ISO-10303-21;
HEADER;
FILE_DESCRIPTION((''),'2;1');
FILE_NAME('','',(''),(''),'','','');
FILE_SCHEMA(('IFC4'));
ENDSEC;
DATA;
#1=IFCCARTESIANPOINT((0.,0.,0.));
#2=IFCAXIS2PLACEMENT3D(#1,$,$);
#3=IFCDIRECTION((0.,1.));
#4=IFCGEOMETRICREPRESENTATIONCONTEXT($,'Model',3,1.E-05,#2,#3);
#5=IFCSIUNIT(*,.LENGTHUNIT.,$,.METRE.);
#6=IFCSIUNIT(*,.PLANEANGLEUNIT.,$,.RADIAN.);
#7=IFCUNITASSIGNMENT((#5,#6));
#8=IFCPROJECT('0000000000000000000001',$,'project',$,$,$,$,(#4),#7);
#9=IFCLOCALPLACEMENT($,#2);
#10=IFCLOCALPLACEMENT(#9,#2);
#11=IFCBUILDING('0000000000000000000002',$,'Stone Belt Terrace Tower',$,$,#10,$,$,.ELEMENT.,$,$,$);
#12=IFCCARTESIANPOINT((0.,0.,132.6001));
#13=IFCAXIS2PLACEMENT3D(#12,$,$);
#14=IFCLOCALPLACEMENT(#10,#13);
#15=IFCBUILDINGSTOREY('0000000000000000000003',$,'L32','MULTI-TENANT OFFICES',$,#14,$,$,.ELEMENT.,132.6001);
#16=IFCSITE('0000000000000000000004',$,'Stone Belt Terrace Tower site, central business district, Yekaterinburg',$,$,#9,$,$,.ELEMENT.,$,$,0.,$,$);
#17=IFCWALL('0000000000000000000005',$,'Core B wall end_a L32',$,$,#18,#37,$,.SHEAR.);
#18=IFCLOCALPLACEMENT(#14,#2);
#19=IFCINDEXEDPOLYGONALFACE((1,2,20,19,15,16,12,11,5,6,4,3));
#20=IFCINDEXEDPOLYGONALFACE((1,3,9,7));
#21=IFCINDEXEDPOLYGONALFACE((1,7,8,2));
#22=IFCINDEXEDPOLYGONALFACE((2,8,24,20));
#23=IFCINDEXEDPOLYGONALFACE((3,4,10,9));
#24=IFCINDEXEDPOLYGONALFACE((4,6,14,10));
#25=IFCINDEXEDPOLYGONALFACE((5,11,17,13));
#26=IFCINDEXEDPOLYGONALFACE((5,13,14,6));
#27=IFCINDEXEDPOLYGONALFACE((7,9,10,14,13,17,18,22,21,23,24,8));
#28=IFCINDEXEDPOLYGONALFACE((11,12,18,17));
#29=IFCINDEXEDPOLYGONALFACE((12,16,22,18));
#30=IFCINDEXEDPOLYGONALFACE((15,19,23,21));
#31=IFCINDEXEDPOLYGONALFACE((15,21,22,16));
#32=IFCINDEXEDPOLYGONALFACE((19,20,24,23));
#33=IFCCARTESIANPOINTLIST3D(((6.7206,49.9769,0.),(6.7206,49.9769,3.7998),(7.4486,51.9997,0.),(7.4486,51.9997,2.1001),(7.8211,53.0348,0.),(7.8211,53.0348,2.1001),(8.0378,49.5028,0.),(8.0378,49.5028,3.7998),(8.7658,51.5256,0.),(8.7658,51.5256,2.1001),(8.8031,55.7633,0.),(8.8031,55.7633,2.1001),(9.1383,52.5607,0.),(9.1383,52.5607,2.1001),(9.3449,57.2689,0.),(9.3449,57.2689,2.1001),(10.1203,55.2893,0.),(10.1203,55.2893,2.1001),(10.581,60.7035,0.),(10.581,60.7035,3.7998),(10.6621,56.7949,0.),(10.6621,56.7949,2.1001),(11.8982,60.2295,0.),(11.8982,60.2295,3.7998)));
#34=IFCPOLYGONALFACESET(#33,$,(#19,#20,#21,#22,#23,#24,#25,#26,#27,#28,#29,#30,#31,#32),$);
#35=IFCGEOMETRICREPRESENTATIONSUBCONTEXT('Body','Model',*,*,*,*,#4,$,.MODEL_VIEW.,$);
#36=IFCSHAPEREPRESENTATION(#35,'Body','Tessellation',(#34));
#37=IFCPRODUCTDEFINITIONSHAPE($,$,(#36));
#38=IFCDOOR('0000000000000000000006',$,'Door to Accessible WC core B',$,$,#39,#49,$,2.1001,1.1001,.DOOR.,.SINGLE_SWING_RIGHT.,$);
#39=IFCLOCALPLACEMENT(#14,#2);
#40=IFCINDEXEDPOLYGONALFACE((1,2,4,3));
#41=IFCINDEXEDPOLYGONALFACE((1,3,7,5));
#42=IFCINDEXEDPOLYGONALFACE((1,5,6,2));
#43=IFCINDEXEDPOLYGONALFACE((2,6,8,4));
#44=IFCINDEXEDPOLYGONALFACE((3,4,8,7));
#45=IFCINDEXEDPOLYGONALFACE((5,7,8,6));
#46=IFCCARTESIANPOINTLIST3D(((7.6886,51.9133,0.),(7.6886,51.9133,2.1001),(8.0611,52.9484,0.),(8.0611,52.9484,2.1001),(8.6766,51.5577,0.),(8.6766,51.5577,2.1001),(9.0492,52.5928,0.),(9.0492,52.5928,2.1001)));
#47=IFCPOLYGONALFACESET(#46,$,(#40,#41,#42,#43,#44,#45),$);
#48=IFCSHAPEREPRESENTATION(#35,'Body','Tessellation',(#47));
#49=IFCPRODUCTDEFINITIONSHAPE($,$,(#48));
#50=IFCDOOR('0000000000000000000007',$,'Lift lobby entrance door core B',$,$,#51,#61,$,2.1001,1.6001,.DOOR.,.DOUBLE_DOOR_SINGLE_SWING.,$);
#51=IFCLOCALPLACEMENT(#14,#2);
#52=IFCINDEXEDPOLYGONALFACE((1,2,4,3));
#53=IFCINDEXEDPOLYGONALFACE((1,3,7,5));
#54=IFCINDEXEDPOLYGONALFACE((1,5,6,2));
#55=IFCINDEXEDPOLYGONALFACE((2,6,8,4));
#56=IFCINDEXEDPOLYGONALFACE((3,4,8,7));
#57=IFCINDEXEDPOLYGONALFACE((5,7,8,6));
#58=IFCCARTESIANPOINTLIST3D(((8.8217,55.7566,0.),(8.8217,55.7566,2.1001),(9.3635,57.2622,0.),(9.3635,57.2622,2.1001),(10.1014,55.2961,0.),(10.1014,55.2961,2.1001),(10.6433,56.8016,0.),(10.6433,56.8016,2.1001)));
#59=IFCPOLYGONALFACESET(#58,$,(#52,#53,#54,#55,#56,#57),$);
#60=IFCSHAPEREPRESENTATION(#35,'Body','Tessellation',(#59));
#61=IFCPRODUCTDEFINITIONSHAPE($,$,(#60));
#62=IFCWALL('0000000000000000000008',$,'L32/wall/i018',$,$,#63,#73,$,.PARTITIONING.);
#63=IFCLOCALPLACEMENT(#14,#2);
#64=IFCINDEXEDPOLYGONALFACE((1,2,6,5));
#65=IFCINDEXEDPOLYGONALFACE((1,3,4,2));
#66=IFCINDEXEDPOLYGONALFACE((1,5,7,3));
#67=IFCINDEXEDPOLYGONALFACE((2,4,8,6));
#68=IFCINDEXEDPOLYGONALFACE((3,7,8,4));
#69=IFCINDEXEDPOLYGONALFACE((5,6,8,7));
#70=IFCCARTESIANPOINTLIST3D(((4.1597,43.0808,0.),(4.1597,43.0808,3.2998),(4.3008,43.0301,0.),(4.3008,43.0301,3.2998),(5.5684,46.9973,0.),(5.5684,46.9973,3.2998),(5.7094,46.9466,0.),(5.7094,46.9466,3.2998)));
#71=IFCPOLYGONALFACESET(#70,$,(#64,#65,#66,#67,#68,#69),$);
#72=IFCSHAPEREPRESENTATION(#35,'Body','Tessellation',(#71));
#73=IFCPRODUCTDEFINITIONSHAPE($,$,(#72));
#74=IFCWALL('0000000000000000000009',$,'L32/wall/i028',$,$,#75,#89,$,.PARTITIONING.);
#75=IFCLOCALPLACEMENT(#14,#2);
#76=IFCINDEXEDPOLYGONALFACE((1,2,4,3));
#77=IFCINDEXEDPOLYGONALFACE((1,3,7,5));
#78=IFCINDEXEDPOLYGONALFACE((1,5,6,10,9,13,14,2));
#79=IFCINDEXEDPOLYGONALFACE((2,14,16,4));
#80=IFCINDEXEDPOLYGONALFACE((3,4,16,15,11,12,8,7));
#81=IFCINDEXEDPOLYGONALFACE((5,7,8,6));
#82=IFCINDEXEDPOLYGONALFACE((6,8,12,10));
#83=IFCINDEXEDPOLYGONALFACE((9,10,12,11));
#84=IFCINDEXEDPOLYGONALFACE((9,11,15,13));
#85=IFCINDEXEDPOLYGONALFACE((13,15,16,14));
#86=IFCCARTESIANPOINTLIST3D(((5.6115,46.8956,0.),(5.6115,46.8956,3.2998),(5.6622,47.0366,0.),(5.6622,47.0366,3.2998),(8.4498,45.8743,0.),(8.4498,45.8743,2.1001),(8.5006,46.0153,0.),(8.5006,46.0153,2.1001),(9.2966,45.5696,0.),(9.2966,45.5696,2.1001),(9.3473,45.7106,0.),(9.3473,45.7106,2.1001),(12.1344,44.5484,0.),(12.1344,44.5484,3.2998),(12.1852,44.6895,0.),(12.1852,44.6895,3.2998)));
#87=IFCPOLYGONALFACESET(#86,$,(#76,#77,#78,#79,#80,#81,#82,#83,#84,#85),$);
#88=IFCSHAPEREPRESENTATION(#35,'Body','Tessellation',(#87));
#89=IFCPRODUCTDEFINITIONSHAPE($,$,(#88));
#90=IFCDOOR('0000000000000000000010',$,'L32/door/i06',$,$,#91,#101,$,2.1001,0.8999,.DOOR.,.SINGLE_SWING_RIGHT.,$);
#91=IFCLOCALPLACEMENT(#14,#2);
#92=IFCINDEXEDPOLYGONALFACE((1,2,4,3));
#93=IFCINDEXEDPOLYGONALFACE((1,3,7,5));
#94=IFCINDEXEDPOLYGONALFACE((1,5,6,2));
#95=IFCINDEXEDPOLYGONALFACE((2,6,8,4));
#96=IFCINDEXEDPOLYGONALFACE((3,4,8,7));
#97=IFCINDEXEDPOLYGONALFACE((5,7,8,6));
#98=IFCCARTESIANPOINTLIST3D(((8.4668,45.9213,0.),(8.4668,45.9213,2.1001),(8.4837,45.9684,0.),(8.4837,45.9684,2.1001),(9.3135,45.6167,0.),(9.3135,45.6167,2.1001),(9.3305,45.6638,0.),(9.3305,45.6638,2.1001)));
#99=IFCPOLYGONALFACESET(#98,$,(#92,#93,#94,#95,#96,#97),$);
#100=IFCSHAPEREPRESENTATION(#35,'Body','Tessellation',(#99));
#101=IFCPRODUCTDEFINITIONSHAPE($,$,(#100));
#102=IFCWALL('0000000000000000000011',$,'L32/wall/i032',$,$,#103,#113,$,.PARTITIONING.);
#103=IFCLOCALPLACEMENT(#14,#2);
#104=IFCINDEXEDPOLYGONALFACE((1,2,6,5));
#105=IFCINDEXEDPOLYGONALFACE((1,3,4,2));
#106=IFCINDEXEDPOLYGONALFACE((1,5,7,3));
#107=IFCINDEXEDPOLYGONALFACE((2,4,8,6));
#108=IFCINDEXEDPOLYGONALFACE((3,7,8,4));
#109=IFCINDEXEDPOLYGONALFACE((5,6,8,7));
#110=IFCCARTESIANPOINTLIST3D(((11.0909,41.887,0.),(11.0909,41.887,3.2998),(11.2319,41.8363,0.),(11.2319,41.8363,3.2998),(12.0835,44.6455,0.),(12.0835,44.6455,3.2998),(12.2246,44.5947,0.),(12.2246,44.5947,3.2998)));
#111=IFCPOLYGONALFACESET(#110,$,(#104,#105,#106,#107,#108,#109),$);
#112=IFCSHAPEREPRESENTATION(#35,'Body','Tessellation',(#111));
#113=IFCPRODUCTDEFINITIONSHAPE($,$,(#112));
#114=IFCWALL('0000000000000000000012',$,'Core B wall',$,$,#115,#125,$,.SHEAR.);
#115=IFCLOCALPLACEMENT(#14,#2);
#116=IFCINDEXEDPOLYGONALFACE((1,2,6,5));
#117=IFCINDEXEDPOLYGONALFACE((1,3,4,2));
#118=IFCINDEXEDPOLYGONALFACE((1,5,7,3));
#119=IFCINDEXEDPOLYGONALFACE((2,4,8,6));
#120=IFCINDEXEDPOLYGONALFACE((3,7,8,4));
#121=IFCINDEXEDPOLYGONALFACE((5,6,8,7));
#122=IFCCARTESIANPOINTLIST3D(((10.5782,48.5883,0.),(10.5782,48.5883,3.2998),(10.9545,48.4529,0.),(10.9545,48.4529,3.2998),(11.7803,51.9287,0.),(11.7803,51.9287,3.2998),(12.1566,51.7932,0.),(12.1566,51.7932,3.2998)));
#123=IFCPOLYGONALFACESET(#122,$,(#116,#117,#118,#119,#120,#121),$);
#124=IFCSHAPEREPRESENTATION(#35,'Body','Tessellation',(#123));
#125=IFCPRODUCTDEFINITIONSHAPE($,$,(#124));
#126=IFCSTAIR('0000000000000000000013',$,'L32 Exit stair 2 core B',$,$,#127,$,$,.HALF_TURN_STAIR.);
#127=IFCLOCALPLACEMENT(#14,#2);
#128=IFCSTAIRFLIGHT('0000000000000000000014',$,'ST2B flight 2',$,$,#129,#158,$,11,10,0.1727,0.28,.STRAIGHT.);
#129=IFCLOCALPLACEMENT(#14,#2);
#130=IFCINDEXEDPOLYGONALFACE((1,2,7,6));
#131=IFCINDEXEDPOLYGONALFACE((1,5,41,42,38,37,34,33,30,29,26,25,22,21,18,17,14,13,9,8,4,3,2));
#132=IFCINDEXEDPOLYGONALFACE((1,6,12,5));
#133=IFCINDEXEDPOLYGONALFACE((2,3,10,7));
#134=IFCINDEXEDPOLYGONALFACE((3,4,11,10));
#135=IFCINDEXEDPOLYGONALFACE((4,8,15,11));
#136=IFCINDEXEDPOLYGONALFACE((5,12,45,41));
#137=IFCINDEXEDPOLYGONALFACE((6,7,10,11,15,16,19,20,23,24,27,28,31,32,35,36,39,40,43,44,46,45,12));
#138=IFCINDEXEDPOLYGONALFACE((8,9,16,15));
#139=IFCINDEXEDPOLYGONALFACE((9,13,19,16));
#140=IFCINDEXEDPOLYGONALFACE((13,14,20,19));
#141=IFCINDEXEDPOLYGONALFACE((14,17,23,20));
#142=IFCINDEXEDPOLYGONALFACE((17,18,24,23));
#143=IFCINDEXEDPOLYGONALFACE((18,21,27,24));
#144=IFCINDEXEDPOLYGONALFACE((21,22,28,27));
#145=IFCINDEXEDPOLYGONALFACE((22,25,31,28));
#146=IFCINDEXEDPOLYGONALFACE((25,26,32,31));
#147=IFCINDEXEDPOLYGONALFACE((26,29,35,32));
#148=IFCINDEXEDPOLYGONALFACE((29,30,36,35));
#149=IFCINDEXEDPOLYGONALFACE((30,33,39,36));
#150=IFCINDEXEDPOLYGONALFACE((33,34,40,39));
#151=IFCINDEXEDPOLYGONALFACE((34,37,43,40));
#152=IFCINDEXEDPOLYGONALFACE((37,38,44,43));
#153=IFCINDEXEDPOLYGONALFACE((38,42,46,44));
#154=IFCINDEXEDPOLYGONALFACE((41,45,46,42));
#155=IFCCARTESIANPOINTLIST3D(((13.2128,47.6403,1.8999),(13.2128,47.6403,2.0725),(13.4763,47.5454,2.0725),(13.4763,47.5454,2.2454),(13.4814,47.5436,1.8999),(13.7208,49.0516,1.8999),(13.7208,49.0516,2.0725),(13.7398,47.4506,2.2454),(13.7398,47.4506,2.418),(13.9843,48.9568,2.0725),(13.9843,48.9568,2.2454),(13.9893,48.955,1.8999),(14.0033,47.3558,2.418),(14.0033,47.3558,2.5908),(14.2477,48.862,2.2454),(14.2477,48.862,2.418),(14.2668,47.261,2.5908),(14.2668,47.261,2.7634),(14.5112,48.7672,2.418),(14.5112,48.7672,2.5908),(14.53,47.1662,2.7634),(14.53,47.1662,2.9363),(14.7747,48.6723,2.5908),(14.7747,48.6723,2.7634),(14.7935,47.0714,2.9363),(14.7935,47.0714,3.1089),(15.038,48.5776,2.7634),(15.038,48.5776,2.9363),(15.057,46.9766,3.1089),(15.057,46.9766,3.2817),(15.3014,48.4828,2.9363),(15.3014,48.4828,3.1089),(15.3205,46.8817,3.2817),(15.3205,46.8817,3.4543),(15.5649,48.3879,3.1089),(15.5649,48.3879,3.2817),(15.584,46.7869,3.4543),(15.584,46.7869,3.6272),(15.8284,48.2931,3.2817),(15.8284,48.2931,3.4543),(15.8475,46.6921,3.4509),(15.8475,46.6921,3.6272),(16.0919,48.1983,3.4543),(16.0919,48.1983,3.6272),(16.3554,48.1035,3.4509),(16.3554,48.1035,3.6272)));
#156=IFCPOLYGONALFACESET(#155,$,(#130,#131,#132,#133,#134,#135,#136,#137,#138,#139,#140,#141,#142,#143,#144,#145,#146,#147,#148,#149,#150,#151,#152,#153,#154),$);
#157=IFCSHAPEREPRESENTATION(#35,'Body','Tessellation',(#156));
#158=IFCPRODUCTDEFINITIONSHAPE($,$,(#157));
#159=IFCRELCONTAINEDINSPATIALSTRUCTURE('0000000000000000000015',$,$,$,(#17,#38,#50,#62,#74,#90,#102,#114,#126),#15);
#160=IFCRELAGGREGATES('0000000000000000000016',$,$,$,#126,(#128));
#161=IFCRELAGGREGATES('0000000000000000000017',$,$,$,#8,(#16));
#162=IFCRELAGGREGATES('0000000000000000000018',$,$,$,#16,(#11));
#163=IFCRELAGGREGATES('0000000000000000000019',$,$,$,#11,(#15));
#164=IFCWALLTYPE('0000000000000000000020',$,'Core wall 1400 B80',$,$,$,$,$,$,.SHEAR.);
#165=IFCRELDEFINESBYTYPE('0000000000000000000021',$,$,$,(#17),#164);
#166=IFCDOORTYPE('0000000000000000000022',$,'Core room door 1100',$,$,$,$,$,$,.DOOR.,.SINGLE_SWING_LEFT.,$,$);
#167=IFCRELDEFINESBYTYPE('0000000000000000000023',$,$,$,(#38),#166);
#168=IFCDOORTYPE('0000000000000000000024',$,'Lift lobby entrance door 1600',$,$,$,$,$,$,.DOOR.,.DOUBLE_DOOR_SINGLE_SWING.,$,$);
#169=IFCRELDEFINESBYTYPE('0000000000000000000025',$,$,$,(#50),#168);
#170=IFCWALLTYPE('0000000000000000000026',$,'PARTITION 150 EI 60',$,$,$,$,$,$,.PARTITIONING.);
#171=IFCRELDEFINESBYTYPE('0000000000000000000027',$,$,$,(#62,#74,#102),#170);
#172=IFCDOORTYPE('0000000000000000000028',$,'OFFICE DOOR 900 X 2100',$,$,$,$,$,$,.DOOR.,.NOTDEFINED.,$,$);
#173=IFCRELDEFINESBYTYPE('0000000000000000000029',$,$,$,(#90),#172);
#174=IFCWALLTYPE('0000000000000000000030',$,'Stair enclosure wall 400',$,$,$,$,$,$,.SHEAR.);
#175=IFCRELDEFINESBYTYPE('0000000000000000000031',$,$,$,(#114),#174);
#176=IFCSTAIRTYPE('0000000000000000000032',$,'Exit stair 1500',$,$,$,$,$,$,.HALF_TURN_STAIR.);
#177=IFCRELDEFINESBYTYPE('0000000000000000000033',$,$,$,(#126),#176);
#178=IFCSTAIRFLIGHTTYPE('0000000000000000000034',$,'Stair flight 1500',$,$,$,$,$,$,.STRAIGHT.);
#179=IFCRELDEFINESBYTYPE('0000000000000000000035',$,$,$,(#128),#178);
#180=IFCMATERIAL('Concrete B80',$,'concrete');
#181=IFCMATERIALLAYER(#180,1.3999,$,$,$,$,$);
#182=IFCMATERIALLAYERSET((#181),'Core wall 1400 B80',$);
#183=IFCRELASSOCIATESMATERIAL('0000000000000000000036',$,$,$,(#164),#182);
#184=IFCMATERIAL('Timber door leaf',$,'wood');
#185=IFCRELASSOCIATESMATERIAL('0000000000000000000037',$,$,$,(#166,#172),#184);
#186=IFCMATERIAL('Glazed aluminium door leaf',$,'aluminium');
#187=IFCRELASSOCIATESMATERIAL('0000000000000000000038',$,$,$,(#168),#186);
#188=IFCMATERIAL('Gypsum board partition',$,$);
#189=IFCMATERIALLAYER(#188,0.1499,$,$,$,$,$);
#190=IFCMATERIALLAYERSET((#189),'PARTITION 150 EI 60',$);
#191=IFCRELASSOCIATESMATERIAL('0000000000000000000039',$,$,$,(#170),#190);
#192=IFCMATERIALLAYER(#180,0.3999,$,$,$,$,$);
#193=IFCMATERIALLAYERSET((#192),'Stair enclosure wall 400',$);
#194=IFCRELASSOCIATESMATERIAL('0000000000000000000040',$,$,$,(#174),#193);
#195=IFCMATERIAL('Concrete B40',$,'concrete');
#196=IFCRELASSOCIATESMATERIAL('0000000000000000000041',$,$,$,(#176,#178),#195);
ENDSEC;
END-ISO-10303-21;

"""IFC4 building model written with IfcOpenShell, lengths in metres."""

from ifc_helpers import new_model, si_unit, direction, frame, frame_2d, origin, place, context, subcontext, project, spatial, polyline, rectangle, outline, extrude, material, layer, layer_set, type_object, element, fill, aggregate, save


model = new_model("IFC4")

# Units and contexts
model_context = context("Model", 3, precision=1e-05, world=origin(), true_north=direction((0.0, 1.0)))
body_context = subcontext(model_context, "Body", "Model", "MODEL_VIEW")
ifc_project = project(units=[si_unit("LENGTHUNIT", "METRE"), si_unit("PLANEANGLEUNIT", "RADIAN")], contexts=[model_context])

# Site, building, storey
site_placement = place(None, origin())
site = spatial("IfcSite", under=ifc_project, at=site_placement, Name="Stone Belt Terrace Tower site, central business district, Yekaterinburg", CompositionType="ELEMENT", RefElevation=0.0)
building_placement = place(site_placement, origin())
building = spatial("IfcBuilding", under=site, at=building_placement, Name="Stone Belt Terrace Tower", CompositionType="ELEMENT")
storey_placement = place(building_placement, frame((0.0, 0.0, 132.6001)))
storey = spatial("IfcBuildingStorey", under=building, at=storey_placement, Name="L32", Description="MULTI-TENANT OFFICES", CompositionType="ELEMENT", Elevation=132.6001)

# Shared definitions
ifc_material_1 = material(Name="Concrete B80", Category="concrete")

# Wall, openings, doors
ifc_layer_1 = layer(ifc_material_1, 1.3999)
ifc_layer_set_1 = layer_set([ifc_layer_1], Name="Core wall 1400 B80")
wall_type_1 = type_object("IfcWallType", Name="Core wall 1400 B80", PredefinedType="SHEAR", material=ifc_layer_set_1)
ifc_material_2 = material(Name="Timber door leaf", Category="wood")
door_type_1 = type_object("IfcDoorType", Name="Core room door 1100", OperationType="SINGLE_SWING_LEFT", PredefinedType="DOOR", material=ifc_material_2)
wall_1_placement = place(storey_placement, frame((7.3792, 49.7397, 0.0), z_axis=(0.0, 0.0, 1.0), x_axis=(0.338625, 0.940921, 0.0)))
wall_1 = element("IfcWall", 1, at=wall_1_placement, inside=storey, type_object=wall_type_1, Name="Core B wall end_a L32", PredefinedType="SHEAR", context=body_context, shape_type="SweptSolid", body=[
    extrude(rectangle(XDim=11.4001, YDim=1.3999, at=frame_2d((5.7002, 0.0))), origin(), (0.0, 0.0, 1.0), 3.7998),
])
opening_1_placement = place(wall_1_placement, frame((6.1499, 0.0, 0.0)))
opening_1 = element("IfcOpeningElement", 2, at=opening_1_placement, cuts=wall_1, PredefinedType="OPENING", context=body_context, shape_type="SweptSolid", body=[
    extrude(rectangle(XDim=1.6001, YDim=2.1001, at=frame_2d((0.8, 1.05))), frame((0.0, 0.71, 0.0), z_axis=(0.0, -1.0, 0.0), x_axis=(1.0, 0.0, 0.0)), (0.0, 0.0, 1.0), 1.4199),
])
opening_2_placement = place(wall_1_placement, frame((2.1499, 0.0, 0.0)))
opening_2 = element("IfcOpeningElement", 3, at=opening_2_placement, cuts=wall_1, PredefinedType="OPENING", context=body_context, shape_type="SweptSolid", body=[
    extrude(rectangle(XDim=1.1001, YDim=2.1001, at=frame_2d((0.55, 1.05))), frame((0.0, 0.71, 0.0), z_axis=(0.0, -1.0, 0.0), x_axis=(1.0, 0.0, 0.0)), (0.0, 0.0, 1.0), 1.4199),
])
door_1_placement = place(opening_2_placement, origin())
door_1 = element("IfcDoor", 4, at=door_1_placement, inside=storey, type_object=door_type_1, Name="Door to Accessible WC core B", OperationType="SINGLE_SWING_RIGHT", OverallHeight=2.1001, OverallWidth=1.1001, PredefinedType="DOOR", context=body_context, shape_type="SweptSolid", body=[
    extrude(rectangle(XDim=1.1001, YDim=2.1001, at=frame_2d((0.55, 1.05))), frame((0.0, 0.4448, 0.0), z_axis=(0.0, -1.0, 0.0), x_axis=(1.0, 0.0, 0.0)), (0.0, 0.0, 1.0), 1.05),
])
fill(opening_2, door_1)
ifc_material_3 = material(Name="Glazed aluminium door leaf", Category="aluminium")
door_type_2 = type_object("IfcDoorType", Name="Lift lobby entrance door 1600", OperationType="DOUBLE_DOOR_SINGLE_SWING", PredefinedType="DOOR", material=ifc_material_3)
door_2_placement = place(opening_1_placement, origin())
door_2 = element("IfcDoor", 5, at=door_2_placement, inside=storey, type_object=door_type_2, Name="Lift lobby entrance door core B", OperationType="DOUBLE_DOOR_SINGLE_SWING", OverallHeight=2.1001, OverallWidth=1.6001, PredefinedType="DOOR", context=body_context, shape_type="SweptSolid", body=[
    extrude(rectangle(XDim=1.6001, YDim=2.1001, at=frame_2d((0.8, 1.05))), frame((0.0, 0.6802, 0.0), z_axis=(0.0, -1.0, 0.0), x_axis=(1.0, 0.0, 0.0)), (0.0, 0.0, 1.0), 1.3601),
])
fill(opening_1, door_2)

# Wall
ifc_material_4 = material(Name="Gypsum board partition")
ifc_layer_2 = layer(ifc_material_4, 0.1499)
ifc_layer_set_2 = layer_set([ifc_layer_2], Name="PARTITION 150 EI 60")
wall_type_2 = type_object("IfcWallType", Name="PARTITION 150 EI 60", PredefinedType="PARTITIONING", material=ifc_layer_set_2)
wall_2_placement = place(storey_placement, frame((5.6389, 46.9719, 0.0), z_axis=(0.0, 0.0, 1.0), x_axis=(-0.338454, -0.940983, 0.0)))
element("IfcWall", 6, at=wall_2_placement, inside=storey, type_object=wall_type_2, Name="L32/wall/i018", PredefinedType="PARTITIONING", context=body_context, shape_type="SweptSolid", body=[
    extrude(rectangle(XDim=4.1621, YDim=0.1499, at=frame_2d((2.0811, 0.0))), origin(), (0.0, 0.0, 1.0), 3.2998),
])

# Wall, opening, door
wall_3_placement = place(storey_placement, frame((12.1599, 44.6189, 0.0), z_axis=(0.0, 0.0, 1.0), x_axis=(-0.940938, 0.33858, 0.0)))
wall_3 = element("IfcWall", 7, at=wall_3_placement, inside=storey, type_object=wall_type_2, Name="L32/wall/i028", PredefinedType="PARTITIONING", context=body_context, shape_type="SweptSolid", body=[
    extrude(rectangle(XDim=6.9324, YDim=0.1499, at=frame_2d((3.4663, 0.0))), origin(), (0.0, 0.0, 1.0), 3.2998),
])
opening_3_placement = place(wall_3_placement, frame((3.0161, 0.0, 0.0)))
opening_3 = element("IfcOpeningElement", 8, at=opening_3_placement, cuts=wall_3, PredefinedType="OPENING", context=body_context, shape_type="SweptSolid", body=[
    extrude(rectangle(XDim=0.8999, YDim=2.1001, at=frame_2d((0.45, 1.05))), frame((0.0, 0.085, 0.0), z_axis=(0.0, -1.0, 0.0), x_axis=(1.0, 0.0, 0.0)), (0.0, 0.0, 1.0), 0.1699),
])
door_type_3 = type_object("IfcDoorType", Name="OFFICE DOOR 900 X 2100", OperationType="NOTDEFINED", PredefinedType="DOOR", material=ifc_material_2)
door_3_placement = place(opening_3_placement, origin())
door_3 = element("IfcDoor", 9, at=door_3_placement, inside=storey, type_object=door_type_3, Name="L32/door/i06", OperationType="SINGLE_SWING_RIGHT", OverallHeight=2.1001, OverallWidth=0.8999, PredefinedType="DOOR", context=body_context, shape_type="SweptSolid", body=[
    extrude(rectangle(XDim=0.8999, YDim=2.1001, at=frame_2d((0.45, 1.05))), frame((0.0, 0.0249, 0.0), z_axis=(0.0, -1.0, 0.0), x_axis=(1.0, 0.0, 0.0)), (0.0, 0.0, 1.0), 0.05),
])
fill(opening_3, door_3)

# Walls
wall_4_placement = place(storey_placement, frame((12.1541, 44.6201, 0.0), z_axis=(0.0, 0.0, 1.0), x_axis=(-0.338599, -0.940931, 0.0)))
element("IfcWall", 10, at=wall_4_placement, inside=storey, type_object=wall_type_2, Name="L32/wall/i032", PredefinedType="PARTITIONING", context=body_context, shape_type="SweptSolid", body=[
    extrude(rectangle(XDim=2.9316, YDim=0.1499, at=frame_2d((1.4658, 0.0))), origin(), (0.0, 0.0, 1.0), 3.2998),
])
ifc_layer_3 = layer(ifc_material_1, 0.3999)
ifc_layer_set_3 = layer_set([ifc_layer_3], Name="Stair enclosure wall 400")
wall_type_3 = type_object("IfcWallType", Name="Stair enclosure wall 400", PredefinedType="SHEAR", material=ifc_layer_set_3)
wall_5_placement = place(storey_placement, frame((10.7664, 48.5208, 0.0), z_axis=(0.0, 0.0, 1.0), x_axis=(0.338627, 0.940921, 0.0)))
element("IfcWall", 11, at=wall_5_placement, inside=storey, type_object=wall_type_3, Name="Core B wall", PredefinedType="SHEAR", context=body_context, shape_type="SweptSolid", body=[
    extrude(rectangle(XDim=3.55, YDim=0.3999, at=frame_2d((1.7749, 0.0))), origin(), (0.0, 0.0, 1.0), 3.2998),
])

# Stair, stair flight
ifc_material_5 = material(Name="Concrete B40", Category="concrete")
stair_type = type_object("IfcStairType", Name="Exit stair 1500", PredefinedType="HALF_TURN_STAIR", material=ifc_material_5)
stair_placement = place(storey_placement, origin())
stair = element("IfcStair", 12, at=stair_placement, inside=storey, type_object=stair_type, Name="L32 Exit stair 2 core B", PredefinedType="HALF_TURN_STAIR")
stair_flight_type = type_object("IfcStairFlightType", Name="Stair flight 1500", PredefinedType="STRAIGHT", material=ifc_material_5)
stair_flight_placement = place(storey_placement, frame((13.4668, 48.3459, 1.8999), z_axis=(0.0, 0.0, 1.0), x_axis=(0.940922, -0.338624, 0.0)))
stair_flight = element("IfcStairFlight", 13, at=stair_flight_placement, type_object=stair_flight_type, Name="ST2B flight 2", NumberOfRisers=11, NumberOfTreads=10, PredefinedType="STRAIGHT", RiserHeight=0.1727, TreadLength=0.28, context=body_context, shape_type="SweptSolid", body=[
    extrude(outline(polyline([(0.0, 0.0), (0.0, 0.1726), (0.28, 0.1726), (0.28, 0.3455), (0.5601, 0.3455), (0.5601, 0.5181), (0.8401, 0.5181), (0.8401, 0.6909), (1.1201, 0.6909), (1.1201, 0.8635), (1.3999, 0.8635), (1.3999, 1.0364), (1.6799, 1.0364), (1.6799, 1.209), (1.96, 1.209), (1.96, 1.3818), (2.24, 1.3818), (2.24, 1.5544), (2.52, 1.5544), (2.52, 1.7273), (2.8, 1.7273), (2.8, 1.8999), (2.8, 1.551), (0.2854, 0.0), (0.0, 0.0)])), frame((0.0, 0.75, 0.0), z_axis=(0.0, -1.0, 0.0), x_axis=(1.0, 0.0, 0.0)), (0.0, 0.0, 1.0), 1.5),
])
aggregate(stair, [stair_flight])

save(model, "model.ifc")
